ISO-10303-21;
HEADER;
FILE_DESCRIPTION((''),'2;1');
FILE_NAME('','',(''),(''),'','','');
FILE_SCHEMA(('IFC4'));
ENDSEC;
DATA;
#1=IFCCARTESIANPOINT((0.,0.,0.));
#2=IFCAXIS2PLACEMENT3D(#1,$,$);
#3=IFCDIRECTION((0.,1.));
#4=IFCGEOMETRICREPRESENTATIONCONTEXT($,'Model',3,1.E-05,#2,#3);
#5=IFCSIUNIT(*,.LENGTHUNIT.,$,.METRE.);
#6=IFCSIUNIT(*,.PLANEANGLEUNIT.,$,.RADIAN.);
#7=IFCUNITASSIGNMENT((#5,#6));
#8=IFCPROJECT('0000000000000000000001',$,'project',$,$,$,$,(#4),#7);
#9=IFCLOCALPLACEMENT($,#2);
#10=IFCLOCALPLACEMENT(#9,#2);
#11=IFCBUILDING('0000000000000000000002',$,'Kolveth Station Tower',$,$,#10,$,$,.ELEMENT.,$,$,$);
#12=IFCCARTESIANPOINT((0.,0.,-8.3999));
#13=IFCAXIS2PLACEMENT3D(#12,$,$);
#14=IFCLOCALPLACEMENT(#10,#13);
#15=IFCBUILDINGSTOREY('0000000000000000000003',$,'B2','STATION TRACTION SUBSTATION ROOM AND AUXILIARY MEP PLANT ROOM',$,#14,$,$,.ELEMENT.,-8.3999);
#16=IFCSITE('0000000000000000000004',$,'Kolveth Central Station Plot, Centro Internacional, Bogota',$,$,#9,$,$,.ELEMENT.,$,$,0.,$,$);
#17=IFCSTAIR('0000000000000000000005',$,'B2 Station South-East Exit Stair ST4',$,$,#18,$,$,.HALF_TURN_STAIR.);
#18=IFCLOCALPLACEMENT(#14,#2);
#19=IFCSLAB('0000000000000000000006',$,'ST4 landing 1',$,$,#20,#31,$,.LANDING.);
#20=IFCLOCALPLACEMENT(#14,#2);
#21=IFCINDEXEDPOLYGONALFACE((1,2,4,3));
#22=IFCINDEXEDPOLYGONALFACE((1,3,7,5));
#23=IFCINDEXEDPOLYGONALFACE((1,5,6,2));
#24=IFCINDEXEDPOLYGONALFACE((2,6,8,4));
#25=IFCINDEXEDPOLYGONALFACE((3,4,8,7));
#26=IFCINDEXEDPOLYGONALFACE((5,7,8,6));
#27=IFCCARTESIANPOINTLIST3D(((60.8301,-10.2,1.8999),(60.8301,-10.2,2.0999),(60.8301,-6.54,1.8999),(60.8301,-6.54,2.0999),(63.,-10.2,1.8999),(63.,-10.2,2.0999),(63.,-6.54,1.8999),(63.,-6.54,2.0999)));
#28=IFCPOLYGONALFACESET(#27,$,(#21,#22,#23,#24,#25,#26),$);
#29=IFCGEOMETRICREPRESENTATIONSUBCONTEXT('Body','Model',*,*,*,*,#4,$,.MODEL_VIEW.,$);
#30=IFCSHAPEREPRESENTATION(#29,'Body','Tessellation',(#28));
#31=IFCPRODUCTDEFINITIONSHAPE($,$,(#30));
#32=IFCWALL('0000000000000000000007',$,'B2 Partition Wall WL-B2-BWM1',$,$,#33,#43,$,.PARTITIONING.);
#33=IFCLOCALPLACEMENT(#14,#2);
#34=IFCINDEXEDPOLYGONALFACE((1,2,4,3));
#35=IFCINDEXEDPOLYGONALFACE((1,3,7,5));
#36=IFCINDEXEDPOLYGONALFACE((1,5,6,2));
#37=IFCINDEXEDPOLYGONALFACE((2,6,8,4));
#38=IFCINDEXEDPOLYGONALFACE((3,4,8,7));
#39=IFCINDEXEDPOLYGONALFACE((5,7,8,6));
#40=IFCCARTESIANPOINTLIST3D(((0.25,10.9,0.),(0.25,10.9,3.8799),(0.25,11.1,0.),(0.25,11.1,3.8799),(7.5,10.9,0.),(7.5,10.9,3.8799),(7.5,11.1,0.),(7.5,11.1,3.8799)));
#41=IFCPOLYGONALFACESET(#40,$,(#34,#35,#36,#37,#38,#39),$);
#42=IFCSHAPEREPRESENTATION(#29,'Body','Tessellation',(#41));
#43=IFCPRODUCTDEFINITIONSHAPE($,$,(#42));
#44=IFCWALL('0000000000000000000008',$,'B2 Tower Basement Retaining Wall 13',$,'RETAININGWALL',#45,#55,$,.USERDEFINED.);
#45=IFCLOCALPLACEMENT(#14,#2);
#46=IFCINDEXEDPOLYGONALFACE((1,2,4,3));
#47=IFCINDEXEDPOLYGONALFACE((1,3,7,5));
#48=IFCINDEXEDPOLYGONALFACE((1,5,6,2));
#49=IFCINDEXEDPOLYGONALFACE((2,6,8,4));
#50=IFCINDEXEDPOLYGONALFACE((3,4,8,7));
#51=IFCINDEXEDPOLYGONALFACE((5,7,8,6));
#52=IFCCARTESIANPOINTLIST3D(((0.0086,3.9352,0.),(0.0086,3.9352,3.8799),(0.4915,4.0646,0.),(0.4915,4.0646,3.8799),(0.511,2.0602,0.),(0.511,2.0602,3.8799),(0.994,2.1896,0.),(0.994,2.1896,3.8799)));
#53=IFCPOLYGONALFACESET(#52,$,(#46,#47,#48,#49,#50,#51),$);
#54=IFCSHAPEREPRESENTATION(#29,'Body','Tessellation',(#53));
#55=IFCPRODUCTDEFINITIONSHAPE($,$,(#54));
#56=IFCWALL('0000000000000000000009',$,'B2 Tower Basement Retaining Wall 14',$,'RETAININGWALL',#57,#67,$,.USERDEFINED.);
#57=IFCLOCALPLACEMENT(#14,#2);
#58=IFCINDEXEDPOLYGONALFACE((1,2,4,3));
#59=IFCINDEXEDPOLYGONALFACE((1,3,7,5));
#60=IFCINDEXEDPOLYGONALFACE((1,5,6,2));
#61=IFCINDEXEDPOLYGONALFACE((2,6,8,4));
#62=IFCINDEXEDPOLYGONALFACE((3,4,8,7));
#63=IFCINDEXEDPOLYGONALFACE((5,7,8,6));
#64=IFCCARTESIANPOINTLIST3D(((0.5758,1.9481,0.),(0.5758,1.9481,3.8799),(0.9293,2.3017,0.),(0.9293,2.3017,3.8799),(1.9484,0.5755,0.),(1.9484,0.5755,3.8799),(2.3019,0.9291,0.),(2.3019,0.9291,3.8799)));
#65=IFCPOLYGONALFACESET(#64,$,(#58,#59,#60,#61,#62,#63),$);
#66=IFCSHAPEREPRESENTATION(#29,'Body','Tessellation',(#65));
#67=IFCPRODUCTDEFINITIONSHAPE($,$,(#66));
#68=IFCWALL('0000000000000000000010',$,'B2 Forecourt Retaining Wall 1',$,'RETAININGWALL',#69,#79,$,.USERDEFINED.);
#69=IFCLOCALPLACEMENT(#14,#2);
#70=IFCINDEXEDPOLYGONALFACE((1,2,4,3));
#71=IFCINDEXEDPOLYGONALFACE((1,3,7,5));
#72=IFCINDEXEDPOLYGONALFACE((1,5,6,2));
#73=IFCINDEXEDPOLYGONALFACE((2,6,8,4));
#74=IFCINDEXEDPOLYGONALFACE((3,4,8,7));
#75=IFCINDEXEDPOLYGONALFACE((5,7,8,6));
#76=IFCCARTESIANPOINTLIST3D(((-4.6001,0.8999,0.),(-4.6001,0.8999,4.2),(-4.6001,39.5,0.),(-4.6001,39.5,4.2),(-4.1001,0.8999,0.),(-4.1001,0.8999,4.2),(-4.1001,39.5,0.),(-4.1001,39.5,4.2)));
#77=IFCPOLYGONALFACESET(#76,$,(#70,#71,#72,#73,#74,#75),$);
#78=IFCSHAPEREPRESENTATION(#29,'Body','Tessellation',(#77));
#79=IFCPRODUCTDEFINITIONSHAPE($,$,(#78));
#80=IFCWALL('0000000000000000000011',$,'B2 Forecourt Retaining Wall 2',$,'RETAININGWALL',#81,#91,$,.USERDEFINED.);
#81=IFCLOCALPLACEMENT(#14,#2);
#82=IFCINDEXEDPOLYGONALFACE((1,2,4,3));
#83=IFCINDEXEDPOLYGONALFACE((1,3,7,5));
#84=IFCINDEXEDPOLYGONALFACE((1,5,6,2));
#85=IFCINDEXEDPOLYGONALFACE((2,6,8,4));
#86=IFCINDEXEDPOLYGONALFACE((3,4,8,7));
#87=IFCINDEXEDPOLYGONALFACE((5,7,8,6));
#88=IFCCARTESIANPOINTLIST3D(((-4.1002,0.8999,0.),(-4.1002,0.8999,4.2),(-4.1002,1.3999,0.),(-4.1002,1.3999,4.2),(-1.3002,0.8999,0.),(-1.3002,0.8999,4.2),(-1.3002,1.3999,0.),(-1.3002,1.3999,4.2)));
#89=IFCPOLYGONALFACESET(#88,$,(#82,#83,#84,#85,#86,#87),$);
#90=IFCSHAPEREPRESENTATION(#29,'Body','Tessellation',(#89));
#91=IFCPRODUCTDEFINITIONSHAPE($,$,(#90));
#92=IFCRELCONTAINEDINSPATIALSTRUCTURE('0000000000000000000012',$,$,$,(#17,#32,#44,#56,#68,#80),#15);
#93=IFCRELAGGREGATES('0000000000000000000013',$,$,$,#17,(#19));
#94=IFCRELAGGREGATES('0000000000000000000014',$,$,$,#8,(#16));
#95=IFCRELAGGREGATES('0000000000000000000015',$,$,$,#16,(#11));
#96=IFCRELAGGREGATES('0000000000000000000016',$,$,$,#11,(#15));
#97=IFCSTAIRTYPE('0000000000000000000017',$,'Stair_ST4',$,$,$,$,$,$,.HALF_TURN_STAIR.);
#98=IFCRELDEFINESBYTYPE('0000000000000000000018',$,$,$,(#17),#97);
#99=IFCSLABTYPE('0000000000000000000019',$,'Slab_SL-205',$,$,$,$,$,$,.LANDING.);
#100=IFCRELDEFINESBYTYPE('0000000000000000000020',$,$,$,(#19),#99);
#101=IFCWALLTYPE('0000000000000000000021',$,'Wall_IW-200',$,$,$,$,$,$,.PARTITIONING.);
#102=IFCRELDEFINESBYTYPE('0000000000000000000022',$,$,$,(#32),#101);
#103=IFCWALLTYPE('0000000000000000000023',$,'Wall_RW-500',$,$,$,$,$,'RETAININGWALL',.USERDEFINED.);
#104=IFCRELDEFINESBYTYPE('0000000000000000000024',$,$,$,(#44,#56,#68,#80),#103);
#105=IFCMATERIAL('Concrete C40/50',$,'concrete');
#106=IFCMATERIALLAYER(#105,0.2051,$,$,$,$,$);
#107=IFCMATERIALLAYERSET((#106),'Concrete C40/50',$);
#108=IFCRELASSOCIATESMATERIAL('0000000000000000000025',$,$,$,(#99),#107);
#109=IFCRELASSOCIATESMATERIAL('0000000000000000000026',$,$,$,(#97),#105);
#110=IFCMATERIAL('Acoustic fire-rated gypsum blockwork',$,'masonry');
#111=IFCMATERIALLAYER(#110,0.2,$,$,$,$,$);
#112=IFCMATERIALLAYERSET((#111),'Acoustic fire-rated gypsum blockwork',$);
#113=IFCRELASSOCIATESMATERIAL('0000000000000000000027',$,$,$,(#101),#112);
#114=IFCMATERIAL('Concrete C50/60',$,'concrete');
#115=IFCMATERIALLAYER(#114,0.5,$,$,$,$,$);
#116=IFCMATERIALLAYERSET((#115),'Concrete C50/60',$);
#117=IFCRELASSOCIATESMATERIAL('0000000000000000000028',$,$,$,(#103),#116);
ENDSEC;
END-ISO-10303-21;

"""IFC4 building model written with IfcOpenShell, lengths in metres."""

from ifc_helpers import new_model, si_unit, direction, frame, frame_2d, origin, place, context, subcontext, project, spatial, polyline, rectangle, outline, extrude, material, layer, layer_set, type_object, element, aggregate, save


model = new_model("IFC4")

# Units and contexts
model_context = context("Model", 3, precision=1e-05, world=origin(), true_north=direction((0.0, 1.0)))
body_context = subcontext(model_context, "Body", "Model", "MODEL_VIEW")
ifc_project = project(units=[si_unit("LENGTHUNIT", "METRE"), si_unit("PLANEANGLEUNIT", "RADIAN")], contexts=[model_context])

# Site, building, storey
site_placement = place(None, origin())
site = spatial("IfcSite", under=ifc_project, at=site_placement, Name="Kolveth Central Station Plot, Centro Internacional, Bogota", CompositionType="ELEMENT", RefElevation=0.0)
building_placement = place(site_placement, origin())
building = spatial("IfcBuilding", under=site, at=building_placement, Name="Kolveth Station Tower", CompositionType="ELEMENT")
storey_placement = place(building_placement, frame((0.0, 0.0, -8.3999)))
storey = spatial("IfcBuildingStorey", under=building, at=storey_placement, Name="B2", Description="STATION TRACTION SUBSTATION ROOM AND AUXILIARY MEP PLANT ROOM", CompositionType="ELEMENT", Elevation=-8.3999)

# Shared definitions
ifc_material_1 = material(Name="Concrete C50/60", Category="concrete")

# Stair, slab
ifc_material_2 = material(Name="Concrete C40/50", Category="concrete")
ifc_layer_1 = layer(ifc_material_2, 0.2051)
ifc_layer_set_1 = layer_set([ifc_layer_1], Name="Concrete C40/50")
slab_type_1 = type_object("IfcSlabType", Name="Slab_SL-205", PredefinedType="LANDING", material=ifc_layer_set_1)
stair_type_1 = type_object("IfcStairType", Name="Stair_ST4", PredefinedType="HALF_TURN_STAIR", material=ifc_material_2)
stair_1_placement = place(storey_placement, origin())
stair_1 = element("IfcStair", 1, at=stair_1_placement, inside=storey, type_object=stair_type_1, Name="B2 Station South-East Exit Stair ST4", PredefinedType="HALF_TURN_STAIR")
slab_1_placement = place(storey_placement, frame((0.0, 0.0, 1.8999)))
slab_1 = element("IfcSlab", 2, at=slab_1_placement, type_object=slab_type_1, Name="ST4 landing 1", PredefinedType="LANDING", context=body_context, shape_type="SweptSolid", body=[
    extrude(outline(polyline([(60.8301, -10.2), (63.0, -10.2), (63.0, -6.54), (60.8301, -6.54), (60.8301, -10.2)])), origin(), (0.0, 0.0, 1.0), 0.2),
])
aggregate(stair_1, [slab_1])

# Walls
ifc_material_3 = material(Name="Acoustic fire-rated gypsum blockwork", Category="masonry")
ifc_layer_2 = layer(ifc_material_3, 0.2)
ifc_layer_set_2 = layer_set([ifc_layer_2], Name="Acoustic fire-rated gypsum blockwork")
wall_type_1 = type_object("IfcWallType", Name="Wall_IW-200", PredefinedType="PARTITIONING", material=ifc_layer_set_2)
wall_1_placement = place(storey_placement, frame((0.25, 11.0, 0.0), z_axis=(0.0, 0.0, 1.0), x_axis=(1.0, 0.0, 0.0)))
element("IfcWall", 3, at=wall_1_placement, inside=storey, type_object=wall_type_1, Name="B2 Partition Wall WL-B2-BWM1", PredefinedType="PARTITIONING", context=body_context, shape_type="SweptSolid", body=[
    extrude(rectangle(XDim=7.25, YDim=0.2, at=frame_2d((3.625, 0.0))), origin(), (0.0, 0.0, 1.0), 3.8799),
])
ifc_layer_3 = layer(ifc_material_1, 0.5)
ifc_layer_set_3 = layer_set([ifc_layer_3], Name="Concrete C50/60")
wall_type_2 = type_object("IfcWallType", Name="Wall_RW-500", ElementType="RETAININGWALL", PredefinedType="USERDEFINED", material=ifc_layer_set_3)
for number, where, z_axis, x_axis, name in (
    (4, (0.25, 4.0, 0.0), (0.0, 0.0, 1.0), (0.258837, -0.965921, 0.0), "B2 Tower Basement Retaining Wall 13"),
    (5, (0.7524, 2.125, 0.0), (0.0, 0.0, 1.0), (0.707107, -0.707107, 0.0), "B2 Tower Basement Retaining Wall 14"),
):
    element("IfcWall", number, at=place(storey_placement, frame(where, z_axis=z_axis, x_axis=x_axis)), inside=storey, type_object=wall_type_2, Name=name, ObjectType="RETAININGWALL", PredefinedType="USERDEFINED", context=body_context, shape_type="SweptSolid", body=[
        extrude(rectangle(XDim=1.9412, YDim=0.5, at=frame_2d((0.9707, 0.0))), origin(), (0.0, 0.0, 1.0), 3.8799),
    ])
wall_2_placement = place(storey_placement, frame((-4.3501, 0.8999, 0.0), z_axis=(0.0, 0.0, 1.0), x_axis=(0.0, 1.0, 0.0)))
element("IfcWall", 6, at=wall_2_placement, inside=storey, type_object=wall_type_2, Name="B2 Forecourt Retaining Wall 1", ObjectType="RETAININGWALL", PredefinedType="USERDEFINED", context=body_context, shape_type="SweptSolid", body=[
    extrude(rectangle(XDim=38.6001, YDim=0.5, at=frame_2d((19.3, 0.0))), origin(), (0.0, 0.0, 1.0), 4.2),
])
wall_3_placement = place(storey_placement, frame((-4.1001, 1.1499, 0.0), z_axis=(0.0, 0.0, 1.0), x_axis=(1.0, 0.0, 0.0)))
element("IfcWall", 7, at=wall_3_placement, inside=storey, type_object=wall_type_2, Name="B2 Forecourt Retaining Wall 2", ObjectType="RETAININGWALL", PredefinedType="USERDEFINED", context=body_context, shape_type="SweptSolid", body=[
    extrude(rectangle(XDim=2.8, YDim=0.5, at=frame_2d((1.3999, 0.0))), origin(), (0.0, 0.0, 1.0), 4.2),
])

save(model, "model.ifc")
